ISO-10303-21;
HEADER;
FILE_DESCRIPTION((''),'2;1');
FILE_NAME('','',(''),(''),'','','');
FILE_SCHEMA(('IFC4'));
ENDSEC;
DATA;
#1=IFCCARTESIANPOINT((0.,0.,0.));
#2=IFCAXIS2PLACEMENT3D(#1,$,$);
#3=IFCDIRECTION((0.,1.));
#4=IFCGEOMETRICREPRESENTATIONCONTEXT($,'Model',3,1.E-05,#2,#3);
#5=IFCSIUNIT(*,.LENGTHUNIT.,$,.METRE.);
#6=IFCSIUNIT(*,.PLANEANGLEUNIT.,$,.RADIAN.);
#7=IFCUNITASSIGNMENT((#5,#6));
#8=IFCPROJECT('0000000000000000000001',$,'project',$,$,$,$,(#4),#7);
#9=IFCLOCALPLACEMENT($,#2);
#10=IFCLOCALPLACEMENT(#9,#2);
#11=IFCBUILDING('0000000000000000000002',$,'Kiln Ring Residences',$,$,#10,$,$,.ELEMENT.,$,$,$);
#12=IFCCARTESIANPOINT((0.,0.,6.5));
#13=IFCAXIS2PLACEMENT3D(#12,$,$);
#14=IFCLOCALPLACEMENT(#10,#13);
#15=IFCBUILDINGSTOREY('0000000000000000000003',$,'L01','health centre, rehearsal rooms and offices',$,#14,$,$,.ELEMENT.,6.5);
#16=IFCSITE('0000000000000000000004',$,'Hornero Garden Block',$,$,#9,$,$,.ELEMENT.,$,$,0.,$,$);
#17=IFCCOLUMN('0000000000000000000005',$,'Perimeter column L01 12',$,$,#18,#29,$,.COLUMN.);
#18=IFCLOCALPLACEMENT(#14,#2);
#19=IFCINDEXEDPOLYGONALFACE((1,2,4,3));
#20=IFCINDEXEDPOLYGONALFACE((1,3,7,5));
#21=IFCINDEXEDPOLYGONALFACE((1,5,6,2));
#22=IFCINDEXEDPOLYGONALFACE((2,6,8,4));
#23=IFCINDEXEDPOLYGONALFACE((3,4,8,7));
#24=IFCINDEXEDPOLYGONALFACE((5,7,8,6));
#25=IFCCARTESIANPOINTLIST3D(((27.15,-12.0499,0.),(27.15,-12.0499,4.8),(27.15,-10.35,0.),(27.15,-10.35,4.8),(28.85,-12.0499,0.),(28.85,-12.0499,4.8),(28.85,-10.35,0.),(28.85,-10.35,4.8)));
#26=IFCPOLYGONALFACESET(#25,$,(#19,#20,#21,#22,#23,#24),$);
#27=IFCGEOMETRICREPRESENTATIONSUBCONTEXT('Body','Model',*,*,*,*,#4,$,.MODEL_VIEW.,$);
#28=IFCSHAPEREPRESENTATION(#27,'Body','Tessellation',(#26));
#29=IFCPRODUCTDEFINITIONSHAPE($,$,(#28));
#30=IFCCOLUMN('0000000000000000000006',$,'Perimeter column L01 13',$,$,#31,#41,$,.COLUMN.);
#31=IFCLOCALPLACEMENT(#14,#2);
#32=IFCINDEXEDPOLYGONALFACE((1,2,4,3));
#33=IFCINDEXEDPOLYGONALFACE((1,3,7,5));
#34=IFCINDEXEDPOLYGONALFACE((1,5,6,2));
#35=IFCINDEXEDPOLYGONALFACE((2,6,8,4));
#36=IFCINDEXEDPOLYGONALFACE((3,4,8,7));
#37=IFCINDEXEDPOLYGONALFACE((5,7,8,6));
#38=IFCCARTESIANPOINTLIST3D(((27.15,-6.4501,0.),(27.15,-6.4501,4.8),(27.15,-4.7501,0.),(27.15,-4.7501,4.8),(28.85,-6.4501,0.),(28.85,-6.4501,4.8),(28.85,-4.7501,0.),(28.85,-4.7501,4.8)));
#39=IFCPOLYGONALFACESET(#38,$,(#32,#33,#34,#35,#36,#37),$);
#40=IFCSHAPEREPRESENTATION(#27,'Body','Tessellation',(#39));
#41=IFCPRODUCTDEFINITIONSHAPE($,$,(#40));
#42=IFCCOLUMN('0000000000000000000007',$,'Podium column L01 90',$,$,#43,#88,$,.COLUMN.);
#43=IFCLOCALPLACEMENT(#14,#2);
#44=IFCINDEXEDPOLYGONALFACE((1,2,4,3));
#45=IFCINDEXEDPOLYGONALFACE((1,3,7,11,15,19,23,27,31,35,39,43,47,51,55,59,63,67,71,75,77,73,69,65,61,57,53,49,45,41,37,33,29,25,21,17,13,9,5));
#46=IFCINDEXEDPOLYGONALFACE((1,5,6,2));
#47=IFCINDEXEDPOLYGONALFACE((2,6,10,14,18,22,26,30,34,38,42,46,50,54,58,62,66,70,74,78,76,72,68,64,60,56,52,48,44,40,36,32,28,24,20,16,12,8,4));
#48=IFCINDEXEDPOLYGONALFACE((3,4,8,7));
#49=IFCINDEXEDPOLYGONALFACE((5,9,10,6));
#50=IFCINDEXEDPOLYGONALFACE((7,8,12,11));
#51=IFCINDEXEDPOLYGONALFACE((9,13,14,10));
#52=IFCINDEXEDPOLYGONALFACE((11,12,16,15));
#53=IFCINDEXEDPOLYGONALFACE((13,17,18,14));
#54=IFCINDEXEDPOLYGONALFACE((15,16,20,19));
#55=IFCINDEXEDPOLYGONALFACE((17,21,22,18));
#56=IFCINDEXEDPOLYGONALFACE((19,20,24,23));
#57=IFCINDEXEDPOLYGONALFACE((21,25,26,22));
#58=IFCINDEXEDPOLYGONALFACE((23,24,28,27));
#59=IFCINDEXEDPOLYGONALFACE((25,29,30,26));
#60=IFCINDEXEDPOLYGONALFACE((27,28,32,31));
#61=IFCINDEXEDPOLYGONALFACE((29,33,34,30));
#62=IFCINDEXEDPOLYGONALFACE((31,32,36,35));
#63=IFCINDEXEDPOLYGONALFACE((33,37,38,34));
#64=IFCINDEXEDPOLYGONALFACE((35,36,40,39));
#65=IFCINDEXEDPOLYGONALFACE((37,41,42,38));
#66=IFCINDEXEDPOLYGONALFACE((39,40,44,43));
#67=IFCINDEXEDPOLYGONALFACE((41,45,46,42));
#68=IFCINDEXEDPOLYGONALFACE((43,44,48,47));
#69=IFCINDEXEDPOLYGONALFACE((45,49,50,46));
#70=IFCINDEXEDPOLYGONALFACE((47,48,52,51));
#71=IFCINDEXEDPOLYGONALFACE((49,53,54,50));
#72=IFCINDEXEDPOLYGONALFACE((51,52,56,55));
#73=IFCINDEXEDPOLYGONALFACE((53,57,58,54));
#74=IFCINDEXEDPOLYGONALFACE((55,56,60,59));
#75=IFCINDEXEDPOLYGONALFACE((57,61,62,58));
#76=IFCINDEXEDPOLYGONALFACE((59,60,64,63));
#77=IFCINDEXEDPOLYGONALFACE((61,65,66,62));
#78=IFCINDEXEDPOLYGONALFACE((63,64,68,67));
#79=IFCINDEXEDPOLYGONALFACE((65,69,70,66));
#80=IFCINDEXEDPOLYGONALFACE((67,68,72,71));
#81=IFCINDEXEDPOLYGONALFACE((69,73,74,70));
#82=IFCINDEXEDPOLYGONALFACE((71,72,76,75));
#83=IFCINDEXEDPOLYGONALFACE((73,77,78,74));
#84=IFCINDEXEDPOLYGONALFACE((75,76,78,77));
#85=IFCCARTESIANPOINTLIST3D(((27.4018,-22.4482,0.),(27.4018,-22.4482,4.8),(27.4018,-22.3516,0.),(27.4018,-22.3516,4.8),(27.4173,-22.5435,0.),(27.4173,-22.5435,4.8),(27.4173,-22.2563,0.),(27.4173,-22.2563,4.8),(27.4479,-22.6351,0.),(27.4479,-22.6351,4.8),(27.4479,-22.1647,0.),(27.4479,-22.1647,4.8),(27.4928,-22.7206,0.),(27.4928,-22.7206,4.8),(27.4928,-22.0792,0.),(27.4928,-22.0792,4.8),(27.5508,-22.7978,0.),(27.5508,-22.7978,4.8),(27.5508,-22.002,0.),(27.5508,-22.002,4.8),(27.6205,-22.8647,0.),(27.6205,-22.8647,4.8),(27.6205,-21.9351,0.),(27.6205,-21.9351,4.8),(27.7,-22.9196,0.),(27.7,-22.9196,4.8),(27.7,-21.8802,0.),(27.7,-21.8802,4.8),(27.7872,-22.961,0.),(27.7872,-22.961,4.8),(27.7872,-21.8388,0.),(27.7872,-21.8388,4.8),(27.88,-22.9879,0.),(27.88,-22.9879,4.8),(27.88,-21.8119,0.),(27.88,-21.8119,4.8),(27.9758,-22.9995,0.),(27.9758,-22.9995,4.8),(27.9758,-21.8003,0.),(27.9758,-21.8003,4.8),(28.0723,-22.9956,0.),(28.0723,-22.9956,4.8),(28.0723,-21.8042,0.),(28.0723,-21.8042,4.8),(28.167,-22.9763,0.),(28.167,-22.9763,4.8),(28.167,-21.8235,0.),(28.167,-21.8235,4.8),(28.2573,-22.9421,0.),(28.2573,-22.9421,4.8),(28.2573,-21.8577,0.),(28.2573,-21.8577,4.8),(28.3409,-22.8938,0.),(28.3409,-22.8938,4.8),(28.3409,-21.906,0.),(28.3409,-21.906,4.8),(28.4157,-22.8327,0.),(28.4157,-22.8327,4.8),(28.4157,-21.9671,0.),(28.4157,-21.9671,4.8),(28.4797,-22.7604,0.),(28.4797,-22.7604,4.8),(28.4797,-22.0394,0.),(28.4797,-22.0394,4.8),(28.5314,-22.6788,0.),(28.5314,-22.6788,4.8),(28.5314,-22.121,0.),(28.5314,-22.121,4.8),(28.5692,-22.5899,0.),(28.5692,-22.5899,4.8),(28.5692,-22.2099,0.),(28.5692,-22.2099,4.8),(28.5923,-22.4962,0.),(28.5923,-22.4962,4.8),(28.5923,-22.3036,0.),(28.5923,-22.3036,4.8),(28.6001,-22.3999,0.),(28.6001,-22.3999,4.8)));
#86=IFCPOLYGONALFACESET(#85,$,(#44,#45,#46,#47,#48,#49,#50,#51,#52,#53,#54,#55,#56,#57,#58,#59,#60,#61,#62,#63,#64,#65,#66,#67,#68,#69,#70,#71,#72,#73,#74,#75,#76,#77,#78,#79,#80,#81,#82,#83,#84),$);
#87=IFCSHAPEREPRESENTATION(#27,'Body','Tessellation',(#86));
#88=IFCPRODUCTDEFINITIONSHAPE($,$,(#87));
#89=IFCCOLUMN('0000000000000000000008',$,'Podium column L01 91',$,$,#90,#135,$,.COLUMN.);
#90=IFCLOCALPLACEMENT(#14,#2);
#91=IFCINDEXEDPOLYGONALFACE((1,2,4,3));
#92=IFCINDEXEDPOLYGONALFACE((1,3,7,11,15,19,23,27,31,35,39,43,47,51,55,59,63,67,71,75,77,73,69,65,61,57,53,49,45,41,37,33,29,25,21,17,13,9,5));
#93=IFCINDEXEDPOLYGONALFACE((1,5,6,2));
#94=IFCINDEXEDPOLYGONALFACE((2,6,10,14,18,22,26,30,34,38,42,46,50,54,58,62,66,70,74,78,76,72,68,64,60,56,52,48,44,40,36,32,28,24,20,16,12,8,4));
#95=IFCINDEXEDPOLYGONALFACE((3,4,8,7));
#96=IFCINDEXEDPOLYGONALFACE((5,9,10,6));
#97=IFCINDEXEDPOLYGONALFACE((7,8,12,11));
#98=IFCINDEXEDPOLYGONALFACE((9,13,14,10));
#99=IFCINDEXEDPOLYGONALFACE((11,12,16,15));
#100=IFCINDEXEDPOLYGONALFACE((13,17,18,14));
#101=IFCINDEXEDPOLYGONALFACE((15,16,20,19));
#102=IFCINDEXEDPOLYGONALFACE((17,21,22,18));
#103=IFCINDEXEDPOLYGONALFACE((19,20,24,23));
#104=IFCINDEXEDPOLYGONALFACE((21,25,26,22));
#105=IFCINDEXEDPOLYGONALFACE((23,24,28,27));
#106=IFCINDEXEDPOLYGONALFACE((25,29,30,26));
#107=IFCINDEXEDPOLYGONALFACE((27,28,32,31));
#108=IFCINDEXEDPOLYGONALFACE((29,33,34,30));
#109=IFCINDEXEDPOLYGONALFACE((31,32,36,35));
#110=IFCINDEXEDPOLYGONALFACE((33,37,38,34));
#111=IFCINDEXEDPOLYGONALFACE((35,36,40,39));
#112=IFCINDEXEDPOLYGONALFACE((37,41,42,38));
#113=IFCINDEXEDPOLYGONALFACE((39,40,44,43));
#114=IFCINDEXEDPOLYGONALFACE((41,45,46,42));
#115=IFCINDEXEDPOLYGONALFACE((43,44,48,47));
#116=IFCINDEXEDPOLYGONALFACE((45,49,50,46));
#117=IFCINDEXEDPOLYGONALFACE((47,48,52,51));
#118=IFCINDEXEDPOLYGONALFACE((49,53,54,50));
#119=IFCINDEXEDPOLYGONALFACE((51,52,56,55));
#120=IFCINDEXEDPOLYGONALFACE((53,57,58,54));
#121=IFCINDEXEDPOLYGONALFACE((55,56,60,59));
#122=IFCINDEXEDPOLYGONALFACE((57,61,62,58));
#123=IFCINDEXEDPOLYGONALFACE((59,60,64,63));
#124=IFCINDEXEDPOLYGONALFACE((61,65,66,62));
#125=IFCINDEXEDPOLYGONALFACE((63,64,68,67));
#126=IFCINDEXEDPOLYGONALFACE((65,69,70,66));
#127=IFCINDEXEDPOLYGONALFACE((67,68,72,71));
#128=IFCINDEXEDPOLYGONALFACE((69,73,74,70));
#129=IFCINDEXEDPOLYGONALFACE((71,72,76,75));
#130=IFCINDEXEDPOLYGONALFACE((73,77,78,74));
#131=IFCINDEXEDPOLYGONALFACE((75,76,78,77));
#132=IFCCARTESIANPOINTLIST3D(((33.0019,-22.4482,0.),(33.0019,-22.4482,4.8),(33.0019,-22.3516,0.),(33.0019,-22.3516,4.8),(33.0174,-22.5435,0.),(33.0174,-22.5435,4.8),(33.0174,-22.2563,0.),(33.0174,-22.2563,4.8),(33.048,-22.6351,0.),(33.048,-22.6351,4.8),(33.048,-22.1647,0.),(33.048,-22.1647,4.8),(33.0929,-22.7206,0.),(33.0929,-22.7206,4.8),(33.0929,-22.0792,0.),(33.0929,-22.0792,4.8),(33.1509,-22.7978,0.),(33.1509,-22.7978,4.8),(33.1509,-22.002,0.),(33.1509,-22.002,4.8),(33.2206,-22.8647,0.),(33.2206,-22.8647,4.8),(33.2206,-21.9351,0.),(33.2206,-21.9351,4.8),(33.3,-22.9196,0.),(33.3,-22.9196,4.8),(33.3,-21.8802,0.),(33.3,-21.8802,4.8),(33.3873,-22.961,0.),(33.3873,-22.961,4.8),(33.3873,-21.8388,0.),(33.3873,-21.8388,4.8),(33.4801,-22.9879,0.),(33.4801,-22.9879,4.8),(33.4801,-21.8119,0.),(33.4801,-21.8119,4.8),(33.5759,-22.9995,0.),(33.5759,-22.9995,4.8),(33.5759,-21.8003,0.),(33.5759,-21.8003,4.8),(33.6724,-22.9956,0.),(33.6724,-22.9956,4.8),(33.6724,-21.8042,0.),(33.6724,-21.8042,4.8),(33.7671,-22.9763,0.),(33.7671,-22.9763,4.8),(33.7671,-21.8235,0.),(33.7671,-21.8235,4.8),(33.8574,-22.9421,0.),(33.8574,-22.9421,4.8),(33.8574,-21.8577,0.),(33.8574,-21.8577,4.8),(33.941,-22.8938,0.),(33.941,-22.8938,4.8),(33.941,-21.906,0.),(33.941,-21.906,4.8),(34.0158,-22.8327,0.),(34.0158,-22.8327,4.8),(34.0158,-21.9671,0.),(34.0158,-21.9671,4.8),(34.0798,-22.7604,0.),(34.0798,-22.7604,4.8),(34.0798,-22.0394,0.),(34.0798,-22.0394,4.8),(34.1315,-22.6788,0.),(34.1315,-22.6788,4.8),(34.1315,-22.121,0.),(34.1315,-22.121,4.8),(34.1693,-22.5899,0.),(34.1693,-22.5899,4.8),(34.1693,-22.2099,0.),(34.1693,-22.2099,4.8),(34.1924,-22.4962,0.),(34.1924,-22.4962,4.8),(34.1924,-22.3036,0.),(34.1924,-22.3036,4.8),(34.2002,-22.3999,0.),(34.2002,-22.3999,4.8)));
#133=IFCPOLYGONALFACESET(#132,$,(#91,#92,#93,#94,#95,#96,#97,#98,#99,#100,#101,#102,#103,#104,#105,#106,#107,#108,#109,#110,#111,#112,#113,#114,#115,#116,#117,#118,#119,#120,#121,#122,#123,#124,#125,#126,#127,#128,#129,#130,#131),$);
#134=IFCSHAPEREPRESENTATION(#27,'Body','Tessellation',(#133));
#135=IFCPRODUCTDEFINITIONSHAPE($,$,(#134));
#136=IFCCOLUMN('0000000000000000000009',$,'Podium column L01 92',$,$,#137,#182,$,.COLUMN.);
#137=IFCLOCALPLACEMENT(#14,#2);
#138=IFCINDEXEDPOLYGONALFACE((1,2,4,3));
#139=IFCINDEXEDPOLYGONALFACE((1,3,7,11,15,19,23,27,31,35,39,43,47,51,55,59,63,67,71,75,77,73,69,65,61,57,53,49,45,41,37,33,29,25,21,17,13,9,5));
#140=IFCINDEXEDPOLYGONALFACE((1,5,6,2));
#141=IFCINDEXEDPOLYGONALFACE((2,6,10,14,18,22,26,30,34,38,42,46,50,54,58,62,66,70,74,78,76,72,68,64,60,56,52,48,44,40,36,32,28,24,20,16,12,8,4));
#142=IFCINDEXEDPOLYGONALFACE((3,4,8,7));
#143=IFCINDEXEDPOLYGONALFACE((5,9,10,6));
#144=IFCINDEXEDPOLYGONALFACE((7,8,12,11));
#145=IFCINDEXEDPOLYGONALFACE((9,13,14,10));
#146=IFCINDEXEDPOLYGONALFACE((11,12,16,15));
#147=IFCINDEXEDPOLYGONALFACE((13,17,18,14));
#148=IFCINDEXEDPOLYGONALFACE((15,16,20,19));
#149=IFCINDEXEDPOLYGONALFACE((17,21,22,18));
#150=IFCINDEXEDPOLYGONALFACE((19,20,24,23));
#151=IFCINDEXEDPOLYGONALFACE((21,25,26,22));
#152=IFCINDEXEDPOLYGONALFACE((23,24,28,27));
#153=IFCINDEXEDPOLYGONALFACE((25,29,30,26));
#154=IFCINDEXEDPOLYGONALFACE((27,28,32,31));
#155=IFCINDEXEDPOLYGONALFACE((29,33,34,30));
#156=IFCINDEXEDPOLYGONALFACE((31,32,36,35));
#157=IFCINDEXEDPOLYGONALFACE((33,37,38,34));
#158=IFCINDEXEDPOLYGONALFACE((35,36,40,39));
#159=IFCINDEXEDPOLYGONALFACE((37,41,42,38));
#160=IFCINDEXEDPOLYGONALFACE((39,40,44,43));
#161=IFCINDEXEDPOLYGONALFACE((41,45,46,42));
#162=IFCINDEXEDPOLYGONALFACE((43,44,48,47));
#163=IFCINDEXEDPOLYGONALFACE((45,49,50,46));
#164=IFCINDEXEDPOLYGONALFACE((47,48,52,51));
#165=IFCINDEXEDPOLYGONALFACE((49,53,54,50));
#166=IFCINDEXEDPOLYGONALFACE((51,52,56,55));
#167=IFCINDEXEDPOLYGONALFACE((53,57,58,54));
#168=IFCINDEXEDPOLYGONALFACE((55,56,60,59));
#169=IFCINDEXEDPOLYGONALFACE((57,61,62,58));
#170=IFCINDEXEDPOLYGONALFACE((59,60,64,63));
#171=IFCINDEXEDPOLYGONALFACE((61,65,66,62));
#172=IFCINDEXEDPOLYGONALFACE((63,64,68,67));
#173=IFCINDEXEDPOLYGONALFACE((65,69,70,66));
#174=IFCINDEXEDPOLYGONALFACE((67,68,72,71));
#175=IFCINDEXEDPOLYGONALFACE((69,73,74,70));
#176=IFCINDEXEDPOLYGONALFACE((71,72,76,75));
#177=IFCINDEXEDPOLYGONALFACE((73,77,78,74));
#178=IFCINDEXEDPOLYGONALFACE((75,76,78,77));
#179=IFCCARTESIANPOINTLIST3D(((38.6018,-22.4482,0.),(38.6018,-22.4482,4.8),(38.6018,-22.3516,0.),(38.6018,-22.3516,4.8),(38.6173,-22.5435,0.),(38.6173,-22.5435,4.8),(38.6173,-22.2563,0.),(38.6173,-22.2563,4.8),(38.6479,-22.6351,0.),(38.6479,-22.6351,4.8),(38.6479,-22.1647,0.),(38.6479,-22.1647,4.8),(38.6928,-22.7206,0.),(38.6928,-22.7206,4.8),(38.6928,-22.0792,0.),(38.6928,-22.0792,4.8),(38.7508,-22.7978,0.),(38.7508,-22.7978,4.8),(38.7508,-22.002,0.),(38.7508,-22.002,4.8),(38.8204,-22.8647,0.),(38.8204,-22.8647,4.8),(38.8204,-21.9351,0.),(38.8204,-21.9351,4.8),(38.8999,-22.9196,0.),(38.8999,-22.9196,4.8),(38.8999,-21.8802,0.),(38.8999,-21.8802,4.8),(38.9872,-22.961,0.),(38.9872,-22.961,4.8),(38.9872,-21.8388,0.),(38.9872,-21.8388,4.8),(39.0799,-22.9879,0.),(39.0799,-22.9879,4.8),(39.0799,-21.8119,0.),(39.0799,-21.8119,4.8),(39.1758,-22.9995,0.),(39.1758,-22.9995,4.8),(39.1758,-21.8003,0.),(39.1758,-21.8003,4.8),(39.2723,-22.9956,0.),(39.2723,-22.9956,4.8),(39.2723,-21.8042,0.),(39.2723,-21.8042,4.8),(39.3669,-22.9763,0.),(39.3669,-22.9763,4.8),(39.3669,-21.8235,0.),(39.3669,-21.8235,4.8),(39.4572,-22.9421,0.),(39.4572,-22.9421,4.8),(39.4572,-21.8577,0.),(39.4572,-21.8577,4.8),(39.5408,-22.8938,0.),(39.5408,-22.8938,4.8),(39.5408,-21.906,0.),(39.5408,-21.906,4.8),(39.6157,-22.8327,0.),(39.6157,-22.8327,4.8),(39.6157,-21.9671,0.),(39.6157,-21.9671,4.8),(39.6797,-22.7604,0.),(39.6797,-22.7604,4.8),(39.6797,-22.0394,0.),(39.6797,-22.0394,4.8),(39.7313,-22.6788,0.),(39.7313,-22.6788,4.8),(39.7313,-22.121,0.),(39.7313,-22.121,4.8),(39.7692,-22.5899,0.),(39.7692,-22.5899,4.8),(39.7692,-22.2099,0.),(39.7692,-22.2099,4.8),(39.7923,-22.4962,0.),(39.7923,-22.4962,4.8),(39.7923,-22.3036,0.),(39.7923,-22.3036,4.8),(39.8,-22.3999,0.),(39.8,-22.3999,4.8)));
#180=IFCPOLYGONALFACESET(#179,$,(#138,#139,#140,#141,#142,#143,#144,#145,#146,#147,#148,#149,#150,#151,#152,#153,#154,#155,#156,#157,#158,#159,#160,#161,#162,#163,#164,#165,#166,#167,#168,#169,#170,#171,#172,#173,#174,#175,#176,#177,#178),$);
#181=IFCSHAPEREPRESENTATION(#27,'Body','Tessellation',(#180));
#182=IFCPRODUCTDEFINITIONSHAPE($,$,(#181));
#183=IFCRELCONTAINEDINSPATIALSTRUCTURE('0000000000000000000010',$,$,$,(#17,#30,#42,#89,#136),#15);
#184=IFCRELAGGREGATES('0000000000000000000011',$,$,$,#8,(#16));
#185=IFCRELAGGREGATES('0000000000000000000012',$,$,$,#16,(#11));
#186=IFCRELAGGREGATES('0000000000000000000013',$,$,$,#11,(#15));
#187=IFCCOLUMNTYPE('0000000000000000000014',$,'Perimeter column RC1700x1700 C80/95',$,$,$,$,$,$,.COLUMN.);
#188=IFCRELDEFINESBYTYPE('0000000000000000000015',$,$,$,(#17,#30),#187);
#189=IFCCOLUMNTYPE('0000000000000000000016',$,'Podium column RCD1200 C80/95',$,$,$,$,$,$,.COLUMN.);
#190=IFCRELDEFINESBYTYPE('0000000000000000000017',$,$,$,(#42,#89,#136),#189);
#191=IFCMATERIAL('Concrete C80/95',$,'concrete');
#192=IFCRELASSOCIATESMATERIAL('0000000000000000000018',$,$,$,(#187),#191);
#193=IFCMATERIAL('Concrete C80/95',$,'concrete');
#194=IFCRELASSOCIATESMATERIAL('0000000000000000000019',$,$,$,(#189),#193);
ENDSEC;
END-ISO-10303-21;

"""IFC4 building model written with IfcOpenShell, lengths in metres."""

from ifc_helpers import new_model, si_unit, direction, frame, origin, origin_2d, place, context, subcontext, project, spatial, rectangle, circle, extrude, material, material_profile, profile_set, type_object, element, save


model = new_model("IFC4")

# Units and contexts
model_context = context("Model", 3, precision=1e-05, world=origin(), true_north=direction((0.0, 1.0)))
body_context = subcontext(model_context, "Body", "Model", "MODEL_VIEW")
ifc_project = project(units=[si_unit("LENGTHUNIT", "METRE"), si_unit("PLANEANGLEUNIT", "RADIAN")], contexts=[model_context])

# Site, building, storey
site_placement = place(None, origin())
site = spatial("IfcSite", under=ifc_project, at=site_placement, Name="Hornero Garden Block", CompositionType="ELEMENT", RefElevation=0.0)
building_placement = place(site_placement, origin())
building = spatial("IfcBuilding", under=site, at=building_placement, Name="Kiln Ring Residences", CompositionType="ELEMENT")
storey_placement = place(building_placement, frame((0.0, 0.0, 6.5)))
storey = spatial("IfcBuildingStorey", under=building, at=storey_placement, Name="L01", Description="health centre, rehearsal rooms and offices", CompositionType="ELEMENT", Elevation=6.5)

# Columns
ifc_material_1 = material(Name="Concrete C80/95", Category="concrete")
ifc_material_profile_1 = material_profile(ifc_material_1, rectangle(XDim=1.7, YDim=1.7, at=origin_2d()), Name="RC1700x1700")
ifc_profile_set_1 = profile_set([ifc_material_profile_1], Name="Concrete C80/95")
column_type_1 = type_object("IfcColumnType", Name="Perimeter column RC1700x1700 C80/95", PredefinedType="COLUMN", material=ifc_profile_set_1)
for number, where, z_axis, x_axis, name in (
    (1, (28.0, -11.2, 0.0), (0.0, 0.0, 1.0), (1.0, 0.0, 0.0), "Perimeter column L01 12"),
    (2, (28.0, -5.6001, 0.0), (0.0, 0.0, 1.0), (1.0, 0.0, 0.0), "Perimeter column L01 13"),
):
    element("IfcColumn", number, at=place(storey_placement, frame(where, z_axis=z_axis, x_axis=x_axis)), inside=storey, type_object=column_type_1, Name=name, PredefinedType="COLUMN", context=body_context, shape_type="SweptSolid", body=[
        extrude(rectangle(XDim=1.7, YDim=1.7, at=origin_2d()), origin(), (0.0, 0.0, 1.0), 4.8),
    ])
ifc_material_2 = material(Name="Concrete C80/95", Category="concrete")
ifc_material_profile_2 = material_profile(ifc_material_2, circle(Radius=0.6001, at=origin_2d()), Name="RCD1200")
ifc_profile_set_2 = profile_set([ifc_material_profile_2], Name="Concrete C80/95")
column_type_2 = type_object("IfcColumnType", Name="Podium column RCD1200 C80/95", PredefinedType="COLUMN", material=ifc_profile_set_2)
for number, where, z_axis, x_axis, name in (
    (3, (28.0, -22.3999, 0.0), (0.0, 0.0, 1.0), (1.0, 0.0, 0.0), "Podium column L01 90"),
    (4, (33.6001, -22.3999, 0.0), (0.0, 0.0, 1.0), (1.0, 0.0, 0.0), "Podium column L01 91"),
    (5, (39.2, -22.3999, 0.0), (0.0, 0.0, 1.0), (1.0, 0.0, 0.0), "Podium column L01 92"),
):
    element("IfcColumn", number, at=place(storey_placement, frame(where, z_axis=z_axis, x_axis=x_axis)), inside=storey, type_object=column_type_2, Name=name, PredefinedType="COLUMN", context=body_context, shape_type="SweptSolid", body=[
        extrude(circle(Radius=0.6001, at=origin_2d()), origin(), (0.0, 0.0, 1.0), 4.8),
    ])

save(model, "model.ifc")
